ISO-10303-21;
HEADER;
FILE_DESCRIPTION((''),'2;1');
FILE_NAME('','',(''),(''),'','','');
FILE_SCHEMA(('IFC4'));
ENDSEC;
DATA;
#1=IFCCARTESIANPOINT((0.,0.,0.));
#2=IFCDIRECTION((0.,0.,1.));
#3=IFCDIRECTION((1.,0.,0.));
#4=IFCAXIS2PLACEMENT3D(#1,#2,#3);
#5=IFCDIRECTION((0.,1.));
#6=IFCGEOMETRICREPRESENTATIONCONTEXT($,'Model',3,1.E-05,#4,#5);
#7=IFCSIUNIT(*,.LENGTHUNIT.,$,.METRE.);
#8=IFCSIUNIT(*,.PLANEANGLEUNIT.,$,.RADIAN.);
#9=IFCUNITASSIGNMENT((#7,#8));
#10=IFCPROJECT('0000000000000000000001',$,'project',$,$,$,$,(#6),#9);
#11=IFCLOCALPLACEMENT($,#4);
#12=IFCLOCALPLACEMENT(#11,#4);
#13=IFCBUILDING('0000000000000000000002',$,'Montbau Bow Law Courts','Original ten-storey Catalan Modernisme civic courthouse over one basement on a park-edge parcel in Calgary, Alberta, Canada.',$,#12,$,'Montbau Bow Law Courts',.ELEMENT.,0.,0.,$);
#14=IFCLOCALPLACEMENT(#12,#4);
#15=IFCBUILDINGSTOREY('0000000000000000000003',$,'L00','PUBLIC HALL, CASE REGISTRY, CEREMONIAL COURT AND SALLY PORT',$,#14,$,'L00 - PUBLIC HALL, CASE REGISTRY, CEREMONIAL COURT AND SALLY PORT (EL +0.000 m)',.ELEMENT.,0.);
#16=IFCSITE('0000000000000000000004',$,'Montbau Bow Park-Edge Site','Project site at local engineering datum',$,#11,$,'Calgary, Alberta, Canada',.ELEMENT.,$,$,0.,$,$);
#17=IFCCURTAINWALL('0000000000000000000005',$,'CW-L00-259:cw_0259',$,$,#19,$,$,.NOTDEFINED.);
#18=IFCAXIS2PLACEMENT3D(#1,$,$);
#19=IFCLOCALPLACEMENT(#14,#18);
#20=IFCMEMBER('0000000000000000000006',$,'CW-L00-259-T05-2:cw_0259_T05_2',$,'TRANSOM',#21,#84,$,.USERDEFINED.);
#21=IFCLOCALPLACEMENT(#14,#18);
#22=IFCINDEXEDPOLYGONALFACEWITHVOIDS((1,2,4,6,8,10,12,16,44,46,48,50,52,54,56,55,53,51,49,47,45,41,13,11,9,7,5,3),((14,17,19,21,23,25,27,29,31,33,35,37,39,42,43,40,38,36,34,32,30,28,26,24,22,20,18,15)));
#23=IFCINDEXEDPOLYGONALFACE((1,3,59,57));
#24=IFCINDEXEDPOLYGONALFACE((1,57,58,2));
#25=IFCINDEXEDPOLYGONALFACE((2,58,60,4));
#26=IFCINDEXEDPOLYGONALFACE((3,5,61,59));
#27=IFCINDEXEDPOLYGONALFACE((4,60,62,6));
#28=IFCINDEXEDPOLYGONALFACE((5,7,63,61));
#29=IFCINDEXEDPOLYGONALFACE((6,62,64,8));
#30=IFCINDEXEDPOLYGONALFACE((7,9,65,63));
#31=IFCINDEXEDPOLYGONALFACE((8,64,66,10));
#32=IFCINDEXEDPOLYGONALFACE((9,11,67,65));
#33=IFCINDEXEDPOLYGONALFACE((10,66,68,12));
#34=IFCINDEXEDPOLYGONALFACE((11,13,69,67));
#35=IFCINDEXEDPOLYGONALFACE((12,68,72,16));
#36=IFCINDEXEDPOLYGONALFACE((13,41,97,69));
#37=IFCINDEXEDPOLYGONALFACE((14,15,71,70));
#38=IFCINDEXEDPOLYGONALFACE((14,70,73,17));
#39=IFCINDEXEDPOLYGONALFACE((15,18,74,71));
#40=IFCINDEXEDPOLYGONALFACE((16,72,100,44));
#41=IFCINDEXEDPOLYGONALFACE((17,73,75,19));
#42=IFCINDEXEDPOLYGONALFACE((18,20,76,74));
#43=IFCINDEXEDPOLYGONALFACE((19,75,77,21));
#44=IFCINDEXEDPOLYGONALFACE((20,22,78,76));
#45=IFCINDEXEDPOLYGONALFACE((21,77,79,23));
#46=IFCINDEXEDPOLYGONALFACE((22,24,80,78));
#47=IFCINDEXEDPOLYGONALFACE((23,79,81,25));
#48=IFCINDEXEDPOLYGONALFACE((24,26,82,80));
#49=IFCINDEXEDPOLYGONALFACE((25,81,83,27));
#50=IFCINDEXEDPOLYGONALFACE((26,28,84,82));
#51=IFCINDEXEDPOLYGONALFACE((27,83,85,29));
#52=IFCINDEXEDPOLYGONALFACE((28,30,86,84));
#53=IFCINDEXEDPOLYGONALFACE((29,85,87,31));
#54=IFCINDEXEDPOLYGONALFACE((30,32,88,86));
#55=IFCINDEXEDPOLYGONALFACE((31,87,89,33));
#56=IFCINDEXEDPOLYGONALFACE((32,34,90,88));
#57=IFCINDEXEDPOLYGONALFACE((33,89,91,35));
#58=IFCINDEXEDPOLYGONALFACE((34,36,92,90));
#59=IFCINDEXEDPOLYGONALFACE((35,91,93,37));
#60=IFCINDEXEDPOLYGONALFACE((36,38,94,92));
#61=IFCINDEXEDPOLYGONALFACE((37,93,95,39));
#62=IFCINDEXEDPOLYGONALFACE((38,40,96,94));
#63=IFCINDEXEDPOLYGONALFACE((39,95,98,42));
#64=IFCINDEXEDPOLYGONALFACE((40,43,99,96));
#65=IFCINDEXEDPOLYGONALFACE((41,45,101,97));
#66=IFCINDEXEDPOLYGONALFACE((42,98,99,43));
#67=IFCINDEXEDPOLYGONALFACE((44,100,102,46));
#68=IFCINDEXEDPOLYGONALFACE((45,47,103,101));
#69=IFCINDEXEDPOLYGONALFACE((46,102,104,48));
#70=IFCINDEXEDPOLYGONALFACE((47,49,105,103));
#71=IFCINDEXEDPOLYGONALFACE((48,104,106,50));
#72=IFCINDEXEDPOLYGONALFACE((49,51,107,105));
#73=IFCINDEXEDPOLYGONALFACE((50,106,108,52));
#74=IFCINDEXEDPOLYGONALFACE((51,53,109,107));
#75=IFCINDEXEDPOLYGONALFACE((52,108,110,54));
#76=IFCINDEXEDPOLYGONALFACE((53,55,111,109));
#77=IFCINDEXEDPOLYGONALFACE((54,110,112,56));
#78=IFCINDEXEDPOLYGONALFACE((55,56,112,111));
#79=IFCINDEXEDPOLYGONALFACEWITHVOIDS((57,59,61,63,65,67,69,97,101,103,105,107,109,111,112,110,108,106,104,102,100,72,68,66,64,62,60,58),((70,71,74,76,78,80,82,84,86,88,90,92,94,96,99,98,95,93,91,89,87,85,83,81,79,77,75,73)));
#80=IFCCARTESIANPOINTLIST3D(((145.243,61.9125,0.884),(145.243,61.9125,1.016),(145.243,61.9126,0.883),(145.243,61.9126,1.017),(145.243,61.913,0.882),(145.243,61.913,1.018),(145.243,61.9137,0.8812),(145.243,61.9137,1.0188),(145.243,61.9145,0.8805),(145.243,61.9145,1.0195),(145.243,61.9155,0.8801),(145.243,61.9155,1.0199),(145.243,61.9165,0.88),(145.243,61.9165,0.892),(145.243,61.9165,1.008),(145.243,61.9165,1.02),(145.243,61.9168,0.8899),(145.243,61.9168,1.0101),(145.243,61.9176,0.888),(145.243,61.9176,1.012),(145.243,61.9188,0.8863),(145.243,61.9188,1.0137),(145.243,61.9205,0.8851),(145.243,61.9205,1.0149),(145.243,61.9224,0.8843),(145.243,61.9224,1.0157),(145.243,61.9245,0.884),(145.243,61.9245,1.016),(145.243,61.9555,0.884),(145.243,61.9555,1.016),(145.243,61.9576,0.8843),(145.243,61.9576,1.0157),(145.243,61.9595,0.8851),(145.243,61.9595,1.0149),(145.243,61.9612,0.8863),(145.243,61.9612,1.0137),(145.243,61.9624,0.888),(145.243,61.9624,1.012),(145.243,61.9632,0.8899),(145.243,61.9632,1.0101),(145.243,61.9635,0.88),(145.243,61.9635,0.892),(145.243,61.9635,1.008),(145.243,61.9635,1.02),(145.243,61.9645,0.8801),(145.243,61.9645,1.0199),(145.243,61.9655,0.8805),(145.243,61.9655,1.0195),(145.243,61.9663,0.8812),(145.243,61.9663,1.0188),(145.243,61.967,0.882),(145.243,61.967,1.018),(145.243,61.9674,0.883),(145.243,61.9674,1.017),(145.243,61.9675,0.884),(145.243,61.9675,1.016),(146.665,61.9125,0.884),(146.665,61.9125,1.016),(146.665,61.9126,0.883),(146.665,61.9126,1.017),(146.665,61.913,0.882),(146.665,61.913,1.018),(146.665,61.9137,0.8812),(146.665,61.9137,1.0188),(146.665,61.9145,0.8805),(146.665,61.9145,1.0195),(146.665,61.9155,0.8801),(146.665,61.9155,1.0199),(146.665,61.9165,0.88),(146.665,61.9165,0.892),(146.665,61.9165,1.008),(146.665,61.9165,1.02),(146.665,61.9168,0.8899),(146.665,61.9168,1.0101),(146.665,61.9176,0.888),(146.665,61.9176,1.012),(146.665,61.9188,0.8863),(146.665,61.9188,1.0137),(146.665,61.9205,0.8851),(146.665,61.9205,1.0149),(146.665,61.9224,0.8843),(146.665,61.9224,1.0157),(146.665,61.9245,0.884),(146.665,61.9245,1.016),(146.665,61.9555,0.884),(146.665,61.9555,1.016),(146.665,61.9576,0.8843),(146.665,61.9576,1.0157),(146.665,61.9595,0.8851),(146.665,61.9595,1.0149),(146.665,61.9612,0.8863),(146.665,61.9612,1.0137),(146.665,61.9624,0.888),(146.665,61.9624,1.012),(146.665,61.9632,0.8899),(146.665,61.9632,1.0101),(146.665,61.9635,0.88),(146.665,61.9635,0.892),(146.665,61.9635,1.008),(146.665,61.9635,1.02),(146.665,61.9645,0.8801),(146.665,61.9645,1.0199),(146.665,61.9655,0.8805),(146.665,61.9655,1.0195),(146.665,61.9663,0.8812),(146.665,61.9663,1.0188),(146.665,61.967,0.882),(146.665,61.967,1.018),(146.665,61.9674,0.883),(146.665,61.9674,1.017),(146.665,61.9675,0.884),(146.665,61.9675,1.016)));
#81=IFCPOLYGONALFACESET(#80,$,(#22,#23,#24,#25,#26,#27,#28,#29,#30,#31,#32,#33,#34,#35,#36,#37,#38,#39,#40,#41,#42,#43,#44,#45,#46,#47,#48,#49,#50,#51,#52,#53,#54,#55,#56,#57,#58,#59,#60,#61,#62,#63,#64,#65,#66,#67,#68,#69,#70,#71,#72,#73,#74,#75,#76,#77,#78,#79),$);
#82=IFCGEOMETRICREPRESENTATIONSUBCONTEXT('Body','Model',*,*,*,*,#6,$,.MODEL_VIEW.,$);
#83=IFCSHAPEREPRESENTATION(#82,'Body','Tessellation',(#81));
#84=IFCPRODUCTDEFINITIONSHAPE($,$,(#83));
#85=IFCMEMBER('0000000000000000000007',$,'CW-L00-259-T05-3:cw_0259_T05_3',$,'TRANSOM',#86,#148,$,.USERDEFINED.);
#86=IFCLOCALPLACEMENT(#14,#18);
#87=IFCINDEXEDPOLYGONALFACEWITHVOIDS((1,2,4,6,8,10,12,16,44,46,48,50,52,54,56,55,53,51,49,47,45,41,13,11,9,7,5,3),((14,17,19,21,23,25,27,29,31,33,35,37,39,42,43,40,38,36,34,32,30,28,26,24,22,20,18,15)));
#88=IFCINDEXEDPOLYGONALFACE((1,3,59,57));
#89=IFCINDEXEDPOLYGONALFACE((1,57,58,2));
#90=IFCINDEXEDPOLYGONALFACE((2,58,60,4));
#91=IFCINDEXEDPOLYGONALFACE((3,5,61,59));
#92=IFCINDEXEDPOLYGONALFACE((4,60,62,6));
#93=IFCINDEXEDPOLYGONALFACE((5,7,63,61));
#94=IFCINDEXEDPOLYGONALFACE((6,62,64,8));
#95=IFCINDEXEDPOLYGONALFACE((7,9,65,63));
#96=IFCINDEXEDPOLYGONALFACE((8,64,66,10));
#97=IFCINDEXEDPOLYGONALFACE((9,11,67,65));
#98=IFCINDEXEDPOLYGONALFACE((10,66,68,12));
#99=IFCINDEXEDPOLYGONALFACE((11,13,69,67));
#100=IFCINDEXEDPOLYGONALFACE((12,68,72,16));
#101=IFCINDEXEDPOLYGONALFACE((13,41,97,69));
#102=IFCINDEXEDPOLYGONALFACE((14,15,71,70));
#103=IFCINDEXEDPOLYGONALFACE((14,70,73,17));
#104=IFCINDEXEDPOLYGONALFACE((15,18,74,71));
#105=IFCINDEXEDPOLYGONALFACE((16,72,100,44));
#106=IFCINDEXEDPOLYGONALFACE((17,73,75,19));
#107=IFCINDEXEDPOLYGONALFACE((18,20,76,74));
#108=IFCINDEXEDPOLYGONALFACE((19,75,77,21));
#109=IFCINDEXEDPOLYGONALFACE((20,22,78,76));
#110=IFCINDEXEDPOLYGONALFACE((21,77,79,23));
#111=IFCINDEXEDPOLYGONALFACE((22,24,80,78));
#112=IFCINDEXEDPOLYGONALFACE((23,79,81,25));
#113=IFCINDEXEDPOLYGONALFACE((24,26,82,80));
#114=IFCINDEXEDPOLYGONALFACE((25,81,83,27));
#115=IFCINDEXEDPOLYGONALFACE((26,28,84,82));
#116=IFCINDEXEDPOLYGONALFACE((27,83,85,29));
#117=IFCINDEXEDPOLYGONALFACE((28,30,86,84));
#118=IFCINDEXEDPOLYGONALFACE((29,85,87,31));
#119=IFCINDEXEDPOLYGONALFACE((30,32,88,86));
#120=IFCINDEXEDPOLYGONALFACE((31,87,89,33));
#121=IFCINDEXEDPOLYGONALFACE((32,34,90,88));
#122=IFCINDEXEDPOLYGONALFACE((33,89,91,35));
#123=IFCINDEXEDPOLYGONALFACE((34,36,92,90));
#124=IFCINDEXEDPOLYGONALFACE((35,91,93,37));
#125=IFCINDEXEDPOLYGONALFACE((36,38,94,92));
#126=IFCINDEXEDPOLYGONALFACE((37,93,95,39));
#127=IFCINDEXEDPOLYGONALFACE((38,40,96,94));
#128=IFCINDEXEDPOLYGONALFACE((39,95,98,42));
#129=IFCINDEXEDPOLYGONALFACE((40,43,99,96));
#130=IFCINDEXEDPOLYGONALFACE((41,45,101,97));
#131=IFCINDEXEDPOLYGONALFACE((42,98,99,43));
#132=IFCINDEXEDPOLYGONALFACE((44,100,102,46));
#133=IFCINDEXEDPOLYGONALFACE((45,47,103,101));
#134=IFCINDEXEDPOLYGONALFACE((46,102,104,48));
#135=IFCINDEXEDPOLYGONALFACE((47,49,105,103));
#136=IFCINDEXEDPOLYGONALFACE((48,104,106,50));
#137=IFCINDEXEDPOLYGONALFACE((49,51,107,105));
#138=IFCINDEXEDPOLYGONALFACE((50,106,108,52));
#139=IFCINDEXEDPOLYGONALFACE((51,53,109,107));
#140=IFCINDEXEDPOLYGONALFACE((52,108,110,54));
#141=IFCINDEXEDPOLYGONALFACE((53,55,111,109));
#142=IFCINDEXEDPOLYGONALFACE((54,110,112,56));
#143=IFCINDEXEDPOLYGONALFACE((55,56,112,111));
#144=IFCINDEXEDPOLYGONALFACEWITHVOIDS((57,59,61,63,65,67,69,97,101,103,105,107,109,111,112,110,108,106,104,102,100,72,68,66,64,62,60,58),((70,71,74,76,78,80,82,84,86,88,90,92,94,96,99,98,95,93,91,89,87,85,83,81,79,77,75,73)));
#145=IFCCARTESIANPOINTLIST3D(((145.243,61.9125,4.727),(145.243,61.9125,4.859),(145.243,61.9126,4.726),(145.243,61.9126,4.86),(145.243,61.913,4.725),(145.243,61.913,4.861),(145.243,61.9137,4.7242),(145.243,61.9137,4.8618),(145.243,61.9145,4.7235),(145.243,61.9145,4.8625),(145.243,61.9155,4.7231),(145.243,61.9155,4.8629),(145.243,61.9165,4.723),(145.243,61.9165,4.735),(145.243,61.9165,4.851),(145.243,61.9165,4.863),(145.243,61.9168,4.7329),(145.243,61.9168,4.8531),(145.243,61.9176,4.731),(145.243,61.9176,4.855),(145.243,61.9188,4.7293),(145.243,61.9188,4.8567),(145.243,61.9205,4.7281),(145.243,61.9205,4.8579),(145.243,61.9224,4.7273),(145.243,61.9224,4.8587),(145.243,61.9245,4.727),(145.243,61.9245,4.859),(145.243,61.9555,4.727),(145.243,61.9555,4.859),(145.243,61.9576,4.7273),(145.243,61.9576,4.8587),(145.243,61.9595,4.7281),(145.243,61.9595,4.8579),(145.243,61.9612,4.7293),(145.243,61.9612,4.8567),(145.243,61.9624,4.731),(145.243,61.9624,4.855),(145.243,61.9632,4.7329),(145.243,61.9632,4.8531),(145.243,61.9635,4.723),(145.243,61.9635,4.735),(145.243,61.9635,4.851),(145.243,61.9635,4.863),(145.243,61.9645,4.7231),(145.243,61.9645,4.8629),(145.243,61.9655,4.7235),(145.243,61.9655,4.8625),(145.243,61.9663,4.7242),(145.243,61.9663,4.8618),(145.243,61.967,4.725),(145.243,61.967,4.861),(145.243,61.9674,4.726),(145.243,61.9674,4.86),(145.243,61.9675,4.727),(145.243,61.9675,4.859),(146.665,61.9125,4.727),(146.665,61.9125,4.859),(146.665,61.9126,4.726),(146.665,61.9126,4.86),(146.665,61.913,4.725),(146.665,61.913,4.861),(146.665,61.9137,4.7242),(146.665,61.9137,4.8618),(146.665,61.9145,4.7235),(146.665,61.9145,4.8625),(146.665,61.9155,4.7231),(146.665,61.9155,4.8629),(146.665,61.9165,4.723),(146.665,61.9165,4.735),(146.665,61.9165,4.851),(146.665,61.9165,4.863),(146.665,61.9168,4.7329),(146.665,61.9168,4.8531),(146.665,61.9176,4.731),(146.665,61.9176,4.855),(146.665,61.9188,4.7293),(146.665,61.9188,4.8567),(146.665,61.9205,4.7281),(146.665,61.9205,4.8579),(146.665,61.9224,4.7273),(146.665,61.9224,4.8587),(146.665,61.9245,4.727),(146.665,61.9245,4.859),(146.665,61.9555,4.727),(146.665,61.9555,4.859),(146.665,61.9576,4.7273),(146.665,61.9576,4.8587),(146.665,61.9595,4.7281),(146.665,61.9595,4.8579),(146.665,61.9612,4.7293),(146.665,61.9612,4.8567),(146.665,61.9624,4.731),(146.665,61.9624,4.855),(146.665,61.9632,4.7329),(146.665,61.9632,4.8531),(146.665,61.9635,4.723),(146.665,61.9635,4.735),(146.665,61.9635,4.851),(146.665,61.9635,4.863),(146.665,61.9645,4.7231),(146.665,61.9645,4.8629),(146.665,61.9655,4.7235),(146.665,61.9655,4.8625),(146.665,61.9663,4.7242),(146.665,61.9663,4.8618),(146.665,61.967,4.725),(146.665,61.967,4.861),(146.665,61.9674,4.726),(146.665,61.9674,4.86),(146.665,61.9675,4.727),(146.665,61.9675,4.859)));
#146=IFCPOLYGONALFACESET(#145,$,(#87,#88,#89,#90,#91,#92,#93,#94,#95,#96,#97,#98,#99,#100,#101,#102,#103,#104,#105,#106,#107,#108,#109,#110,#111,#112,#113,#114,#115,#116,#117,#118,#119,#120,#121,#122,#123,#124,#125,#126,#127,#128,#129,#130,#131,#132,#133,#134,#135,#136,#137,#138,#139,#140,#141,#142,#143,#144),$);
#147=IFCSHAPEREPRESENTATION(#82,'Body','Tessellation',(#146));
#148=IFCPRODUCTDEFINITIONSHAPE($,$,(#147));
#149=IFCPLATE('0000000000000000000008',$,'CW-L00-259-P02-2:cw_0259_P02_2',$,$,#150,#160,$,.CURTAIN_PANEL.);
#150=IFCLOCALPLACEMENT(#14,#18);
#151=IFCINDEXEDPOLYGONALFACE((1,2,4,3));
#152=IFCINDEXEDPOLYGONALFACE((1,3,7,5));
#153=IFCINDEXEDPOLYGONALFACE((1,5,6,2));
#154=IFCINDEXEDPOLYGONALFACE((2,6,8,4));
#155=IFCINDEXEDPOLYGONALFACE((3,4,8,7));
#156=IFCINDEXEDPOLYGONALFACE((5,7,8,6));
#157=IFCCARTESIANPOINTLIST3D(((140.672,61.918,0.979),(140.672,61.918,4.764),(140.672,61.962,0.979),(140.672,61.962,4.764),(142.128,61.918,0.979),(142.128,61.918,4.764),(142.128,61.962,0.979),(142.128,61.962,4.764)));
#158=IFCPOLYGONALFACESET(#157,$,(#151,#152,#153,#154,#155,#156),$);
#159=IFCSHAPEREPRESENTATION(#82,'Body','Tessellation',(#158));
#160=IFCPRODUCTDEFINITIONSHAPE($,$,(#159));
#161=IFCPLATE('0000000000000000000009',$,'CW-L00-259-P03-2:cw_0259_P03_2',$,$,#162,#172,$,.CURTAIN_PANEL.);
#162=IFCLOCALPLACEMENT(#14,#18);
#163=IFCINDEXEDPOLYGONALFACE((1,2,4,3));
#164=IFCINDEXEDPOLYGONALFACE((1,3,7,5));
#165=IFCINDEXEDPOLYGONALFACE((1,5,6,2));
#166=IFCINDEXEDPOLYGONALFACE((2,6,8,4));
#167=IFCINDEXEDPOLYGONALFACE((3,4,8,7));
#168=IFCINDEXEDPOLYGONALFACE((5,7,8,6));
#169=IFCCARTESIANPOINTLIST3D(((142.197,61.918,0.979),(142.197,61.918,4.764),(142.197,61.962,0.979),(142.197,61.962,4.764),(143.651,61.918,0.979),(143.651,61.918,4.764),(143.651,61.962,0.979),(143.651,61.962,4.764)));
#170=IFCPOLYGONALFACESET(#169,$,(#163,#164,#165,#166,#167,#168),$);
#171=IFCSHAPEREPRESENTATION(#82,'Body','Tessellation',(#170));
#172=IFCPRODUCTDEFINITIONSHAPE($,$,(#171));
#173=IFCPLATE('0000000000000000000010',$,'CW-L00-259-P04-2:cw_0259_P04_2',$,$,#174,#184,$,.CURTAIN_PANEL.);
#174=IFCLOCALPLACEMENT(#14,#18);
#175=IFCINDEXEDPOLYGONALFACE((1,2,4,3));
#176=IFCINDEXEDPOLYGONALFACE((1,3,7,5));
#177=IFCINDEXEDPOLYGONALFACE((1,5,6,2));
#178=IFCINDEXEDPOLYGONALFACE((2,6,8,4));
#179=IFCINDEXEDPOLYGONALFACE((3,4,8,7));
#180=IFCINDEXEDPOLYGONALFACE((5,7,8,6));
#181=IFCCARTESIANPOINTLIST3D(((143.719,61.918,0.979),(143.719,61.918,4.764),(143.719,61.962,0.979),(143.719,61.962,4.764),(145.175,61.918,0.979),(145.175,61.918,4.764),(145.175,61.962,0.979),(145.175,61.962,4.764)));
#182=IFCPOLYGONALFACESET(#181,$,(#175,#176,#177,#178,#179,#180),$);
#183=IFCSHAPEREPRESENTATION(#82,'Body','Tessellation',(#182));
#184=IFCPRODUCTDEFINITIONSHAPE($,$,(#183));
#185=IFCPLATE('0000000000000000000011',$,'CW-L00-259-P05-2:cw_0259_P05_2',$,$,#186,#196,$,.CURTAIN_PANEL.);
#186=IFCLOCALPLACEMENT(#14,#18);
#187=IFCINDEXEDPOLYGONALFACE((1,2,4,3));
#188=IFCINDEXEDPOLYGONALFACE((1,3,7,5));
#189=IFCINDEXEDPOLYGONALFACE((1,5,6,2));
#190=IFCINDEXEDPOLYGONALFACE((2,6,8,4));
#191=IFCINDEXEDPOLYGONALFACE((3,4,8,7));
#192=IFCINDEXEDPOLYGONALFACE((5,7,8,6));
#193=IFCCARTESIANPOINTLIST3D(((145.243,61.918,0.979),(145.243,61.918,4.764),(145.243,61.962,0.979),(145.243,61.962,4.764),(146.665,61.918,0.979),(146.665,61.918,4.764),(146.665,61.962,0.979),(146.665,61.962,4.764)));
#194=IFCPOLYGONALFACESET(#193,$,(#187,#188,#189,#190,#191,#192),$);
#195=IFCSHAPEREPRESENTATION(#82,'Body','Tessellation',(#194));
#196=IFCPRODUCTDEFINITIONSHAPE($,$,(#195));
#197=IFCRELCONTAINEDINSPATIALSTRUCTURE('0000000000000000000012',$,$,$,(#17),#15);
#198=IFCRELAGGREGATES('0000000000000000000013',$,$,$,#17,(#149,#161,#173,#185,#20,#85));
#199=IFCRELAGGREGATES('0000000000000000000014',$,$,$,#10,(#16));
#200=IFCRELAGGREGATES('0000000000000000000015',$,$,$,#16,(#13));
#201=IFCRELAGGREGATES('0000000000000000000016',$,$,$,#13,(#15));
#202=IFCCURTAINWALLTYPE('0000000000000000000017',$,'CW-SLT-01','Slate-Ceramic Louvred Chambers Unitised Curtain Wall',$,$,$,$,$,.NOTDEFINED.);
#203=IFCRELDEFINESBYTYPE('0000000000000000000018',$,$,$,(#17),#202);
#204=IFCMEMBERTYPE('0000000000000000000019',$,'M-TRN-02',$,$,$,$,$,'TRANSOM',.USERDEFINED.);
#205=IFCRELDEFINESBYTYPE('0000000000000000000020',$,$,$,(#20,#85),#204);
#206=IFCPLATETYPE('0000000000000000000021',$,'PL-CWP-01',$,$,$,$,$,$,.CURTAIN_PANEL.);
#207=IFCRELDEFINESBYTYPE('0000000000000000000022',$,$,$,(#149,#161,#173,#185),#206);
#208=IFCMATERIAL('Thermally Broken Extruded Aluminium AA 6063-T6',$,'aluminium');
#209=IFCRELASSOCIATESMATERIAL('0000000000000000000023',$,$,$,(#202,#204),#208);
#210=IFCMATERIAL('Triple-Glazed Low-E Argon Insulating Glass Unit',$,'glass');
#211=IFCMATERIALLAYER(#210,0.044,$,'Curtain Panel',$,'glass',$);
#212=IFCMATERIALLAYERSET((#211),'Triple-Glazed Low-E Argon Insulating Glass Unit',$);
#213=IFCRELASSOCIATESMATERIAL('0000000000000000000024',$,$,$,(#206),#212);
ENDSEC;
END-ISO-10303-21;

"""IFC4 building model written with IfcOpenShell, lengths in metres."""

from ifc_helpers import new_model, si_unit, direction, frame, frame_2d, origin_with_axes, origin_2d_with_axis, place, context, subcontext, project, spatial, rectangle, hollow_rectangle, extrude, material, layer, layer_set, material_profile, profile_set, type_object, element, aggregate, save


model = new_model("IFC4")

# Units and contexts
model_context = context("Model", 3, precision=1e-05, world=origin_with_axes(), true_north=direction((0.0, 1.0)))
body_context = subcontext(model_context, "Body", "Model", "MODEL_VIEW")
ifc_project = project(units=[si_unit("LENGTHUNIT", "METRE"), si_unit("PLANEANGLEUNIT", "RADIAN")], contexts=[model_context])

# Site, building, storey
site_placement = place(None, origin_with_axes())
site = spatial("IfcSite", under=ifc_project, at=site_placement, Name="Montbau Bow Park-Edge Site", Description="Project site at local engineering datum", LongName="Calgary, Alberta, Canada", CompositionType="ELEMENT", RefElevation=0.0)
building_placement = place(site_placement, origin_with_axes())
building = spatial("IfcBuilding", under=site, at=building_placement, Name="Montbau Bow Law Courts", Description="Original ten-storey Catalan Modernisme civic courthouse over one basement on a park-edge parcel in Calgary, Alberta, Canada.", LongName="Montbau Bow Law Courts", CompositionType="ELEMENT", ElevationOfRefHeight=0.0, ElevationOfTerrain=0.0)
storey_placement = place(building_placement, origin_with_axes())
storey = spatial("IfcBuildingStorey", under=building, at=storey_placement, Name="L00", Description="PUBLIC HALL, CASE REGISTRY, CEREMONIAL COURT AND SALLY PORT", LongName="L00 - PUBLIC HALL, CASE REGISTRY, CEREMONIAL COURT AND SALLY PORT (EL +0.000 m)", CompositionType="ELEMENT", Elevation=0.0)

# Curtain wall, members, plates
ifc_material_1 = material(Name="Thermally Broken Extruded Aluminium AA 6063-T6", Category="aluminium")
curtain_wall_type = type_object("IfcCurtainWallType", Name="CW-SLT-01", Description="Slate-Ceramic Louvred Chambers Unitised Curtain Wall", PredefinedType="NOTDEFINED", material=ifc_material_1)
curtain_wall_placement = place(None, frame((139.115, 61.94, 0.0), z_axis=(0.0, 0.0, 1.0), x_axis=(1.0, 0.0, 0.0)))
curtain_wall = element("IfcCurtainWall", 1, at=curtain_wall_placement, inside=storey, type_object=curtain_wall_type, Name="CW-L00-259:cw_0259", PredefinedType="NOTDEFINED")
ifc_material_profile_1 = material_profile(ifc_material_1, hollow_rectangle(XDim=0.055, YDim=0.14, WallThickness=0.004, InnerFilletRadius=0.008, OuterFilletRadius=0.004, at=origin_2d_with_axis()), Name="CWT-140X55", Category="Main", Priority=0)
ifc_profile_set_1 = profile_set([ifc_material_profile_1], Name="Thermally Broken Extruded Aluminium AA 6063-T6")
member_type_1 = type_object("IfcMemberType", Name="M-TRN-02", ElementType="TRANSOM", PredefinedType="USERDEFINED", material=ifc_profile_set_1)
member_1_placement = place(None, frame((145.243, 61.94, 0.95), z_axis=(1.0, 0.0, 0.0), x_axis=(0.0, 1.0, 0.0)))
member_1 = element("IfcMember", 2, at=member_1_placement, type_object=member_type_1, Name="CW-L00-259-T05-2:cw_0259_T05_2", ObjectType="TRANSOM", PredefinedType="USERDEFINED", context=body_context, shape_type="SweptSolid", body=[
    extrude(hollow_rectangle(XDim=0.055, YDim=0.14, WallThickness=0.004, InnerFilletRadius=0.008, OuterFilletRadius=0.004, at=origin_2d_with_axis()), origin_with_axes(), (0.0, 0.0, 1.0), 1.422),
])
member_2_placement = place(None, frame((145.243, 61.94, 4.793), z_axis=(1.0, 0.0, 0.0), x_axis=(0.0, 1.0, 0.0)))
member_2 = element("IfcMember", 3, at=member_2_placement, type_object=member_type_1, Name="CW-L00-259-T05-3:cw_0259_T05_3", ObjectType="TRANSOM", PredefinedType="USERDEFINED", context=body_context, shape_type="SweptSolid", body=[
    extrude(hollow_rectangle(XDim=0.055, YDim=0.14, WallThickness=0.004, InnerFilletRadius=0.008, OuterFilletRadius=0.004, at=origin_2d_with_axis()), origin_with_axes(), (0.0, 0.0, 1.0), 1.422),
])
ifc_material_2 = material(Name="Triple-Glazed Low-E Argon Insulating Glass Unit", Category="glass")
ifc_layer_1 = layer(ifc_material_2, 0.044, Name="Curtain Panel", Category="glass")
ifc_layer_set_1 = layer_set([ifc_layer_1], Name="Triple-Glazed Low-E Argon Insulating Glass Unit")
plate_type_1 = type_object("IfcPlateType", Name="PL-CWP-01", PredefinedType="CURTAIN_PANEL", material=ifc_layer_set_1)
plate_1_placement = place(None, frame((140.672, 61.94, 0.979), z_axis=(0.0, -1.0, 0.0), x_axis=(1.0, 0.0, 0.0)))
plate_1 = element("IfcPlate", 4, at=plate_1_placement, type_object=plate_type_1, Name="CW-L00-259-P02-2:cw_0259_P02_2", PredefinedType="CURTAIN_PANEL", context=body_context, shape_type="SweptSolid", body=[
    extrude(rectangle(XDim=1.456, YDim=3.785, at=frame_2d((0.728, 1.8925), x_axis=(1.0, 0.0))), frame((0.0, 0.0, -0.022), z_axis=(0.0, 0.0, 1.0), x_axis=(1.0, 0.0, 0.0)), (0.0, 0.0, 1.0), 0.044),
])
plate_2_placement = place(None, frame((142.197, 61.94, 0.979), z_axis=(0.0, -1.0, 0.0), x_axis=(1.0, 0.0, 0.0)))
plate_2 = element("IfcPlate", 5, at=plate_2_placement, type_object=plate_type_1, Name="CW-L00-259-P03-2:cw_0259_P03_2", PredefinedType="CURTAIN_PANEL", context=body_context, shape_type="SweptSolid", body=[
    extrude(rectangle(XDim=1.454, YDim=3.785, at=frame_2d((0.727, 1.8925), x_axis=(1.0, 0.0))), frame((0.0, 0.0, -0.022), z_axis=(0.0, 0.0, 1.0), x_axis=(1.0, 0.0, 0.0)), (0.0, 0.0, 1.0), 0.044),
])
plate_3_placement = place(None, frame((143.719, 61.94, 0.979), z_axis=(0.0, -1.0, 0.0), x_axis=(1.0, 0.0, 0.0)))
plate_3 = element("IfcPlate", 6, at=plate_3_placement, type_object=plate_type_1, Name="CW-L00-259-P04-2:cw_0259_P04_2", PredefinedType="CURTAIN_PANEL", context=body_context, shape_type="SweptSolid", body=[
    extrude(rectangle(XDim=1.456, YDim=3.785, at=frame_2d((0.728, 1.8925), x_axis=(1.0, 0.0))), frame((0.0, 0.0, -0.022), z_axis=(0.0, 0.0, 1.0), x_axis=(1.0, 0.0, 0.0)), (0.0, 0.0, 1.0), 0.044),
])
plate_4_placement = place(None, frame((145.243, 61.94, 0.979), z_axis=(0.0, -1.0, 0.0), x_axis=(1.0, 0.0, 0.0)))
plate_4 = element("IfcPlate", 7, at=plate_4_placement, type_object=plate_type_1, Name="CW-L00-259-P05-2:cw_0259_P05_2", PredefinedType="CURTAIN_PANEL", context=body_context, shape_type="SweptSolid", body=[
    extrude(rectangle(XDim=1.422, YDim=3.785, at=frame_2d((0.711, 1.8925), x_axis=(1.0, 0.0))), frame((0.0, 0.0, -0.022), z_axis=(0.0, 0.0, 1.0), x_axis=(1.0, 0.0, 0.0)), (0.0, 0.0, 1.0), 0.044),
])
aggregate(curtain_wall, [plate_1, plate_2, plate_3, plate_4, member_1, member_2])

save(model, "model.ifc")
